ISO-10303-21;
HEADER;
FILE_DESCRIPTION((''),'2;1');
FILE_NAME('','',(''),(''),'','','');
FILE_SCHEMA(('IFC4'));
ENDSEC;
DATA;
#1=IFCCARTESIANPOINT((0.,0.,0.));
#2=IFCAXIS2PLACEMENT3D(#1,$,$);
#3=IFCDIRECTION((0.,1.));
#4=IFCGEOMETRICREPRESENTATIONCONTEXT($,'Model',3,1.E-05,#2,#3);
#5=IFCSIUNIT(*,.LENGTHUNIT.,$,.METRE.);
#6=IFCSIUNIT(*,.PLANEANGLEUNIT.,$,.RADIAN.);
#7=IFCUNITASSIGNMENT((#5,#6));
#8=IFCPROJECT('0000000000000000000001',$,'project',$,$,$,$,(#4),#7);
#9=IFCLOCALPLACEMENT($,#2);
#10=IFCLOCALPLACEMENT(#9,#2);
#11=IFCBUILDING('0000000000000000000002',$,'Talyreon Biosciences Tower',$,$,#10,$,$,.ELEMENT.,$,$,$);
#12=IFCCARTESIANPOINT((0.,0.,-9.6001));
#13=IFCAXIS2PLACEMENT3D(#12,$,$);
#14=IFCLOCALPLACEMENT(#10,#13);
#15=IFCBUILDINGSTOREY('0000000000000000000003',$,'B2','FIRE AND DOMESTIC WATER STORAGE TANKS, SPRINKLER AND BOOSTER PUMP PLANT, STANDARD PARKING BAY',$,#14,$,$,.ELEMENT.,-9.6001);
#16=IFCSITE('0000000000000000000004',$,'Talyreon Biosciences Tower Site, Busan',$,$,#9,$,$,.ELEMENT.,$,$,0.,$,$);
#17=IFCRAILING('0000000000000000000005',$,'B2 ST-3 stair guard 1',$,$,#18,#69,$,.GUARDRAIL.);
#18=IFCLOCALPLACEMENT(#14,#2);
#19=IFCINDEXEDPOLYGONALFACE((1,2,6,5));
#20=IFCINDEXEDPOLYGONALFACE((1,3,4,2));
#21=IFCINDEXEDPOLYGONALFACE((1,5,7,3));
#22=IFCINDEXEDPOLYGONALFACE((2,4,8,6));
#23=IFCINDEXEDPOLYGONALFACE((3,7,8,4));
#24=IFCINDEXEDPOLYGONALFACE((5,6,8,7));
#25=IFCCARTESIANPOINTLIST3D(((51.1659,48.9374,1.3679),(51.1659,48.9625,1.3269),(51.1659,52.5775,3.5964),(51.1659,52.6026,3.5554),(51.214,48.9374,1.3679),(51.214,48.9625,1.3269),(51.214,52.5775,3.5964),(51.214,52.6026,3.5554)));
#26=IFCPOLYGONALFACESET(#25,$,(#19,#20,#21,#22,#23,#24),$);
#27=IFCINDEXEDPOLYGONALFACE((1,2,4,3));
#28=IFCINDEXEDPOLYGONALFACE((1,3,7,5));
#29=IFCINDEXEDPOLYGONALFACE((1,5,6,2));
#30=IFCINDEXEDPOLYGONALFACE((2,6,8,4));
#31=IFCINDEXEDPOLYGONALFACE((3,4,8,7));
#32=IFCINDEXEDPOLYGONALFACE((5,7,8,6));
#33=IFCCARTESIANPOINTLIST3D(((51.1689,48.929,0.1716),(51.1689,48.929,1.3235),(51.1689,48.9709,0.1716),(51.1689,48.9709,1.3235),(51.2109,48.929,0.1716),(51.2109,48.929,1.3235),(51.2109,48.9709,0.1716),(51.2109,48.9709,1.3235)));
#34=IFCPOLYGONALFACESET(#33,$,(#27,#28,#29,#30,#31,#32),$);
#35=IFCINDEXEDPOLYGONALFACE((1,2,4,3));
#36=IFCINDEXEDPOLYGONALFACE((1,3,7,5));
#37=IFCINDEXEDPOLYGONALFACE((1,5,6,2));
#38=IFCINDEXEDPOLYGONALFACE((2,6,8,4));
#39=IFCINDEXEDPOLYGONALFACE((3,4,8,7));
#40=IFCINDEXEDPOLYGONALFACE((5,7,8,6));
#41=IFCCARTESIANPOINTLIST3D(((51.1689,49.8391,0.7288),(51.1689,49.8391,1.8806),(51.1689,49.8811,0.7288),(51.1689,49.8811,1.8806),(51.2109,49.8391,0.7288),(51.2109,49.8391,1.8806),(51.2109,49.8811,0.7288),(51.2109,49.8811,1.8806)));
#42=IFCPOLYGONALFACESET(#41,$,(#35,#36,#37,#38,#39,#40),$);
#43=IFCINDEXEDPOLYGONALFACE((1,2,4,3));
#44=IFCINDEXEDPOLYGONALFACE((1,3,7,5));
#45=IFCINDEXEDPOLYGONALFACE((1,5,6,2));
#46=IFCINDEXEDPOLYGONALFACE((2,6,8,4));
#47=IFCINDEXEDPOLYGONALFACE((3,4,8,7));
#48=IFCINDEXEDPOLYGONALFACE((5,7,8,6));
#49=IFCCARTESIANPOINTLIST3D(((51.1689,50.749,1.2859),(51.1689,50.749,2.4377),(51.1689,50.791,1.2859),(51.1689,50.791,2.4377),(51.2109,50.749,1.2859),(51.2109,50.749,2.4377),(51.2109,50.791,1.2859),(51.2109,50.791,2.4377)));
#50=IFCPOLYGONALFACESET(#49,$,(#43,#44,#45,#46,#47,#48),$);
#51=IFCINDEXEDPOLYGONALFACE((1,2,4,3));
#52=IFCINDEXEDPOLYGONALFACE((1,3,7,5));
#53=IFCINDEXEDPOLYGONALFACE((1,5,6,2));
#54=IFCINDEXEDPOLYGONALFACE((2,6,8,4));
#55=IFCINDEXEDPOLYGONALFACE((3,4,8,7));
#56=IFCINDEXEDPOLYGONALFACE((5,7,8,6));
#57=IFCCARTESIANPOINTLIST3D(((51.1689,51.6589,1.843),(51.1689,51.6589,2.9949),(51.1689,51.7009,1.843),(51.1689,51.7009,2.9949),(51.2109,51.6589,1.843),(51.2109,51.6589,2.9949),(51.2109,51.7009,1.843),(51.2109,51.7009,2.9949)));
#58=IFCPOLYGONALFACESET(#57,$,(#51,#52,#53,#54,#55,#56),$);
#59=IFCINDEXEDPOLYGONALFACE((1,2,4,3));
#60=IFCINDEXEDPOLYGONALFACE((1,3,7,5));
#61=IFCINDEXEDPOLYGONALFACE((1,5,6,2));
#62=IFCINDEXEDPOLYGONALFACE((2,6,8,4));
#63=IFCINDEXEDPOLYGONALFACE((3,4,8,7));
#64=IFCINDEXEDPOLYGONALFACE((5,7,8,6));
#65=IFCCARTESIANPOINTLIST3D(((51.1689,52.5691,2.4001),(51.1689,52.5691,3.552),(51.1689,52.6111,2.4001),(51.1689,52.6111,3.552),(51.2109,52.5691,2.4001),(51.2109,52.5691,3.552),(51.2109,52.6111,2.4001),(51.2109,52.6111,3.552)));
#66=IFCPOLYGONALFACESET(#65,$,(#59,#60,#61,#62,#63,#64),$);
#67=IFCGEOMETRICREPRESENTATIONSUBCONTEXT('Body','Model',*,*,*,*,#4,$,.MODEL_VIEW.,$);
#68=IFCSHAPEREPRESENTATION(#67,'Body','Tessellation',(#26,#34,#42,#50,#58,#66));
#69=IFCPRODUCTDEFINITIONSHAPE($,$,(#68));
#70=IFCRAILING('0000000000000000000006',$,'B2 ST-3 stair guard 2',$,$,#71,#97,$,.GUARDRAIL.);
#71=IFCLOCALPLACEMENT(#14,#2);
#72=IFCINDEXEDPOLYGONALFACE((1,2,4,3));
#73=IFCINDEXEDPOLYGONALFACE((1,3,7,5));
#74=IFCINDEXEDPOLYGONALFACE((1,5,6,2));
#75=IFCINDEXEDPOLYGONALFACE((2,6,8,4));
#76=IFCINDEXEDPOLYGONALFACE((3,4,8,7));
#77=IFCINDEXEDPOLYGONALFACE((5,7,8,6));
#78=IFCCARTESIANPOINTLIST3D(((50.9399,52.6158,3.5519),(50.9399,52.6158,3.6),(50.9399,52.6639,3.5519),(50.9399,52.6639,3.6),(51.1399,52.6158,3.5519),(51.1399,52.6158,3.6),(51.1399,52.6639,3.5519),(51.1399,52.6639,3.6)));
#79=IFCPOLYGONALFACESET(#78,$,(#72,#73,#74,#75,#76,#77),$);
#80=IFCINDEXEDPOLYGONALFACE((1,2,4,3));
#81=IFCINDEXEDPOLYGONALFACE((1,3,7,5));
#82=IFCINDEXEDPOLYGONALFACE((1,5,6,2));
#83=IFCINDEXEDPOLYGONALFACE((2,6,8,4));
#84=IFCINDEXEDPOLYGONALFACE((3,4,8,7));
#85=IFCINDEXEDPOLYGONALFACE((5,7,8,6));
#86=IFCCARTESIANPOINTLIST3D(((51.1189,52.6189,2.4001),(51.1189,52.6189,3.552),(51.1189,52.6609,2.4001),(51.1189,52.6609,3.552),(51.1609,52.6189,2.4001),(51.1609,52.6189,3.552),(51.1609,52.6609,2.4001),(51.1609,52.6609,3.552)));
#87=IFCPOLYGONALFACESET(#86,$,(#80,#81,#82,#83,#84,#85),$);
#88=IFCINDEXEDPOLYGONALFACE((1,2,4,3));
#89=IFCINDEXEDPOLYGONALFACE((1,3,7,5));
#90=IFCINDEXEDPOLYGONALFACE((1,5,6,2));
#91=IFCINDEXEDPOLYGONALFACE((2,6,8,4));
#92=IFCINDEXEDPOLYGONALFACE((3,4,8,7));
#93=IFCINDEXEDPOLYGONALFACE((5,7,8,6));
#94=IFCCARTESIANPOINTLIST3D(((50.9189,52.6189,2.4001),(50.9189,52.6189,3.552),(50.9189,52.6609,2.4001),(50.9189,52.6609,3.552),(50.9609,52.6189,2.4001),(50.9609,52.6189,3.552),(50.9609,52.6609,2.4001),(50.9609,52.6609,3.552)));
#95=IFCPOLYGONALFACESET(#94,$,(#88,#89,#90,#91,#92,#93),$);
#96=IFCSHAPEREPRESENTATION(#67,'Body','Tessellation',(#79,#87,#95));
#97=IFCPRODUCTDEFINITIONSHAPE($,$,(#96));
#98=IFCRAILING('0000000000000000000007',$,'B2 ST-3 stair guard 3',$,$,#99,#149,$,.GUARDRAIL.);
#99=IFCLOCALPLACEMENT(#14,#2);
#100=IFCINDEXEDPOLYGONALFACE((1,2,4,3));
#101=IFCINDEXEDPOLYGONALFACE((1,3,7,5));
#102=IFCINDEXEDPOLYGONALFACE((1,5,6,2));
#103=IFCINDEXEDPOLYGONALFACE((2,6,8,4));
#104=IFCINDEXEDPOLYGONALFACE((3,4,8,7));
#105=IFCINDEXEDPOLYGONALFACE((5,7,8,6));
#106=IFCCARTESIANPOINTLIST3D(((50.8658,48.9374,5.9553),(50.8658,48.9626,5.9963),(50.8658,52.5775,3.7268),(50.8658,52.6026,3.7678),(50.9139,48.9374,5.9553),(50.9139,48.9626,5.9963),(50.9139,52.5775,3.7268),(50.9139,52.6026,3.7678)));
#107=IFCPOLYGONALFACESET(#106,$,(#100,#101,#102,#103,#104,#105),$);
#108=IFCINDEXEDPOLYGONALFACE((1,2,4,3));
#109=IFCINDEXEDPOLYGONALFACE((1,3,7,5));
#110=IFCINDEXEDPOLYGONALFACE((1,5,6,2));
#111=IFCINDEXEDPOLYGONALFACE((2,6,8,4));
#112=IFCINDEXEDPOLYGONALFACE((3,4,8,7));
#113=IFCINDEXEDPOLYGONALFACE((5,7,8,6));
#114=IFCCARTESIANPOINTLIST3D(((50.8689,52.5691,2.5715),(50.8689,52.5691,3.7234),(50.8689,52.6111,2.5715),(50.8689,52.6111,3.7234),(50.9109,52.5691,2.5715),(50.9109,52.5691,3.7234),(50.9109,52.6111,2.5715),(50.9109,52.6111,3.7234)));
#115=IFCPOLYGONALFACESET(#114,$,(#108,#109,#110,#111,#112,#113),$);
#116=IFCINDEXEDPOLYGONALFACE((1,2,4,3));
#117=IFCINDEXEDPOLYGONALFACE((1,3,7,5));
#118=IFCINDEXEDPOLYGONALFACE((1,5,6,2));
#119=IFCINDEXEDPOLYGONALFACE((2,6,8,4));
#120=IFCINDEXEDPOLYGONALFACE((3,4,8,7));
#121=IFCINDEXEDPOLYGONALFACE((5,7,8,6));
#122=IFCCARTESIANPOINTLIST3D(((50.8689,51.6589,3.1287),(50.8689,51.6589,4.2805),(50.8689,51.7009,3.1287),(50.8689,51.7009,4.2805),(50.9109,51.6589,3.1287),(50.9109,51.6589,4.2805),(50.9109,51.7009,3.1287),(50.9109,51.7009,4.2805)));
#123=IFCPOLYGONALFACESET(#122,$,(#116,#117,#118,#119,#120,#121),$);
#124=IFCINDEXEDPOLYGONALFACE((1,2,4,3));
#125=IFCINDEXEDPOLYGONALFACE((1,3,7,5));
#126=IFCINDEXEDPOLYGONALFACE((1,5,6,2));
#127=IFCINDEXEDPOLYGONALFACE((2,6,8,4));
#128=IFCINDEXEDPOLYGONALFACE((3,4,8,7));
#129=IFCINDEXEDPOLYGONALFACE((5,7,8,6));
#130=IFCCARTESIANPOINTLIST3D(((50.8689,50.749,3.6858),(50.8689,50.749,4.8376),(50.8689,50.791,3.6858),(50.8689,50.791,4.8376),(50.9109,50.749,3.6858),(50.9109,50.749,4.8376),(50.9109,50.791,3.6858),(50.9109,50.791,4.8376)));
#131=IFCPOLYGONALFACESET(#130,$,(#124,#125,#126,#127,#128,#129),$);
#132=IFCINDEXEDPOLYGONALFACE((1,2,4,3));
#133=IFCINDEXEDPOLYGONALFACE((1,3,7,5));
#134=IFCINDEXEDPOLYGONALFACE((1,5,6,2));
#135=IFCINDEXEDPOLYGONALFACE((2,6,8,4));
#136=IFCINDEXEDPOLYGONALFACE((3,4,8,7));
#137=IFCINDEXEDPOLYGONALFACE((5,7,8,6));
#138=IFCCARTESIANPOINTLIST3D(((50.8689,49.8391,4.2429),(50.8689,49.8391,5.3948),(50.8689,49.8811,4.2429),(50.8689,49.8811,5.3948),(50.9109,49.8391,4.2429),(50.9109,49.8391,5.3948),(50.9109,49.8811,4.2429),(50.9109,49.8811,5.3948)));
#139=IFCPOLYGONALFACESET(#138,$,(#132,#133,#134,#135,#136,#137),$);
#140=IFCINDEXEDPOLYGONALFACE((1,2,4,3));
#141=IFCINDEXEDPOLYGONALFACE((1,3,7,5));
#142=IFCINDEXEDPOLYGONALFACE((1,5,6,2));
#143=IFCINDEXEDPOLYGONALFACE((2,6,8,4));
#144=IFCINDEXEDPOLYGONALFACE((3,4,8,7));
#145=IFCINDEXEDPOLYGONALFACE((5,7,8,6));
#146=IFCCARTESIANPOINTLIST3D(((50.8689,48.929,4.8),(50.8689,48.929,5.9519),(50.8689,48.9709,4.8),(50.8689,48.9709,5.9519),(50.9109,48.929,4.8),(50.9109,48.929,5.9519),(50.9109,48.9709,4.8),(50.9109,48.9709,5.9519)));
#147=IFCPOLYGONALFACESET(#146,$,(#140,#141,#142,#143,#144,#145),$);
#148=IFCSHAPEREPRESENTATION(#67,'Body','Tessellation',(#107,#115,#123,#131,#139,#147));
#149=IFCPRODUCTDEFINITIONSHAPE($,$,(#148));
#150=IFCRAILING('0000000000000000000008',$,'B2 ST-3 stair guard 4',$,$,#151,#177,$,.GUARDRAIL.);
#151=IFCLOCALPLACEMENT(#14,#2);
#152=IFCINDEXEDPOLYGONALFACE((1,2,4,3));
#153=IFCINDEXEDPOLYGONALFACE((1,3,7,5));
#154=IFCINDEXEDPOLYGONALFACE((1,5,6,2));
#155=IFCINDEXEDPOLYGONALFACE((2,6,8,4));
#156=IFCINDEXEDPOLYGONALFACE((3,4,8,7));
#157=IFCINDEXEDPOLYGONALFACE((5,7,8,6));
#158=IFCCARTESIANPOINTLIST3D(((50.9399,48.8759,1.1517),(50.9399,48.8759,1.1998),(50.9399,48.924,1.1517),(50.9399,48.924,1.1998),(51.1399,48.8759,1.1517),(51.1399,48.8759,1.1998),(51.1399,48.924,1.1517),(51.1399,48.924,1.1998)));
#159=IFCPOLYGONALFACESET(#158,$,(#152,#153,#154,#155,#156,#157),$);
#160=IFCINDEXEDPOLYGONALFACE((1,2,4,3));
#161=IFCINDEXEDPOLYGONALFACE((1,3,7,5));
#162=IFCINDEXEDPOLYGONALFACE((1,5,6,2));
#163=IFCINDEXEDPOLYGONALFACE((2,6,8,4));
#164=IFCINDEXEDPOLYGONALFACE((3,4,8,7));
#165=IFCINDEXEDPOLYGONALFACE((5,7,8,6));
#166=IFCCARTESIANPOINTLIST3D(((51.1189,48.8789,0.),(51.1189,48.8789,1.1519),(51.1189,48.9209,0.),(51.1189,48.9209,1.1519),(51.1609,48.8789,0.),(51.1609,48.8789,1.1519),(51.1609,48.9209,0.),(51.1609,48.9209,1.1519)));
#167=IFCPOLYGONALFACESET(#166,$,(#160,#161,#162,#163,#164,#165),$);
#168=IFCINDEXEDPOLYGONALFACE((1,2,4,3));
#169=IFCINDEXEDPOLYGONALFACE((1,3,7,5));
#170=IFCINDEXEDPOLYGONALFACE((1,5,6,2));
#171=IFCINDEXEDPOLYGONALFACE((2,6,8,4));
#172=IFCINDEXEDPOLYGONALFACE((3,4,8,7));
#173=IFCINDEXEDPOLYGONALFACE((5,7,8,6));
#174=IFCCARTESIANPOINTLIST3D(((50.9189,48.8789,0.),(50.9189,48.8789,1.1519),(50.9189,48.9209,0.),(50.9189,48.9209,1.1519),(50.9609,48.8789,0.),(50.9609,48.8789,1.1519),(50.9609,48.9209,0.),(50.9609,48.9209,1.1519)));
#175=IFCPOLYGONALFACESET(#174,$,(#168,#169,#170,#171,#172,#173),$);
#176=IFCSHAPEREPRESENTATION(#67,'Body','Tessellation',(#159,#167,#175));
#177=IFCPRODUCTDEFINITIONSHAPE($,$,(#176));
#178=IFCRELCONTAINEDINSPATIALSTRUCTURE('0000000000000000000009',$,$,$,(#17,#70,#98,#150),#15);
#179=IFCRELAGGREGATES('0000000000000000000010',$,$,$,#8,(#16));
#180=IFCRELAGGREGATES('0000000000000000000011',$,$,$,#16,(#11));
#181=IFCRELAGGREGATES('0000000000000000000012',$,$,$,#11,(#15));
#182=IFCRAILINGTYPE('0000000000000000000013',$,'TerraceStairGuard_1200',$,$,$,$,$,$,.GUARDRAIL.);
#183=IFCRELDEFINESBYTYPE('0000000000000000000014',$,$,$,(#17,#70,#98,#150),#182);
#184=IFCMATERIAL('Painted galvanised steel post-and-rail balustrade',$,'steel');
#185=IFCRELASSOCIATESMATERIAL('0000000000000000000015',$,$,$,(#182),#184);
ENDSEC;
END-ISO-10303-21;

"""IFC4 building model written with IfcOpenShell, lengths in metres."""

from ifc_helpers import new_model, si_unit, direction, frame, origin, origin_2d, place, context, subcontext, project, spatial, rectangle, extrude, material, type_object, element, save


model = new_model("IFC4")

# Units and contexts
model_context = context("Model", 3, precision=1e-05, world=origin(), true_north=direction((0.0, 1.0)))
body_context = subcontext(model_context, "Body", "Model", "MODEL_VIEW")
ifc_project = project(units=[si_unit("LENGTHUNIT", "METRE"), si_unit("PLANEANGLEUNIT", "RADIAN")], contexts=[model_context])

# Site, building, storey
site_placement = place(None, origin())
site = spatial("IfcSite", under=ifc_project, at=site_placement, Name="Talyreon Biosciences Tower Site, Busan", CompositionType="ELEMENT", RefElevation=0.0)
building_placement = place(site_placement, origin())
building = spatial("IfcBuilding", under=site, at=building_placement, Name="Talyreon Biosciences Tower", CompositionType="ELEMENT")
storey_placement = place(building_placement, frame((0.0, 0.0, -9.6001)))
storey = spatial("IfcBuildingStorey", under=building, at=storey_placement, Name="B2", Description="FIRE AND DOMESTIC WATER STORAGE TANKS, SPRINKLER AND BOOSTER PUMP PLANT, STANDARD PARKING BAY", CompositionType="ELEMENT", Elevation=-9.6001)

# Railings
ifc_material_1 = material(Name="Painted galvanised steel post-and-rail balustrade", Category="steel")
railing_type_1 = type_object("IfcRailingType", Name="TerraceStairGuard_1200", PredefinedType="GUARDRAIL", material=ifc_material_1)
railing_1_placement = place(storey_placement, frame((51.1899, 48.95, 0.1716)))
element("IfcRailing", 1, at=railing_1_placement, inside=storey, type_object=railing_type_1, Name="B2 ST-3 stair guard 1", PredefinedType="GUARDRAIL", context=body_context, shape_type="SweptSolid", body=[
    extrude(rectangle(XDim=0.0481, YDim=0.0481, at=origin_2d()), frame((0.0, 0.0, 1.1758), z_axis=(0.0, 0.852866, 0.52213), x_axis=(-1.0, 0.0, 0.0)), (0.0, 0.0, 1.0), 4.2681),
    extrude(rectangle(XDim=0.042, YDim=0.042, at=origin_2d()), origin(), (0.0, 0.0, 1.0), 1.1519),
    extrude(rectangle(XDim=0.042, YDim=0.042, at=origin_2d()), frame((0.0, 0.9102, 0.5571)), (0.0, 0.0, 1.0), 1.1519),
    extrude(rectangle(XDim=0.042, YDim=0.042, at=origin_2d()), frame((0.0, 1.8201, 1.1143)), (0.0, 0.0, 1.0), 1.1519),
    extrude(rectangle(XDim=0.042, YDim=0.042, at=origin_2d()), frame((0.0, 2.73, 1.6714)), (0.0, 0.0, 1.0), 1.1519),
    extrude(rectangle(XDim=0.042, YDim=0.042, at=origin_2d()), frame((0.0, 3.6401, 2.2285)), (0.0, 0.0, 1.0), 1.1519),
])
railing_2_placement = place(storey_placement, frame((51.1399, 52.6399, 2.4001)))
element("IfcRailing", 2, at=railing_2_placement, inside=storey, type_object=railing_type_1, Name="B2 ST-3 stair guard 2", PredefinedType="GUARDRAIL", context=body_context, shape_type="SweptSolid", body=[
    extrude(rectangle(XDim=0.0481, YDim=0.0481, at=origin_2d()), frame((0.0, 0.0, 1.1758), z_axis=(-1.0, 0.0, 0.0), x_axis=(0.0, -1.0, 0.0)), (0.0, 0.0, 1.0), 0.2),
    extrude(rectangle(XDim=0.042, YDim=0.042, at=origin_2d()), origin(), (0.0, 0.0, 1.0), 1.1519),
    extrude(rectangle(XDim=0.042, YDim=0.042, at=origin_2d()), frame((-0.2, 0.0, 0.0)), (0.0, 0.0, 1.0), 1.1519),
])
railing_3_placement = place(storey_placement, frame((50.8899, 52.5901, 2.5715)))
element("IfcRailing", 3, at=railing_3_placement, inside=storey, type_object=railing_type_1, Name="B2 ST-3 stair guard 3", PredefinedType="GUARDRAIL", context=body_context, shape_type="SweptSolid", body=[
    extrude(rectangle(XDim=0.0481, YDim=0.0481, at=origin_2d()), frame((0.0, 0.0, 1.1758), z_axis=(0.0, -0.852866, 0.52213), x_axis=(1.0, 0.0, 0.0)), (0.0, 0.0, 1.0), 4.2681),
    extrude(rectangle(XDim=0.042, YDim=0.042, at=origin_2d()), origin(), (0.0, 0.0, 1.0), 1.1519),
    extrude(rectangle(XDim=0.042, YDim=0.042, at=origin_2d()), frame((0.0, -0.9102, 0.5571)), (0.0, 0.0, 1.0), 1.1519),
    extrude(rectangle(XDim=0.042, YDim=0.042, at=origin_2d()), frame((0.0, -1.8201, 1.1143)), (0.0, 0.0, 1.0), 1.1519),
    extrude(rectangle(XDim=0.042, YDim=0.042, at=origin_2d()), frame((0.0, -2.73, 1.6714)), (0.0, 0.0, 1.0), 1.1519),
    extrude(rectangle(XDim=0.042, YDim=0.042, at=origin_2d()), frame((0.0, -3.6401, 2.2285)), (0.0, 0.0, 1.0), 1.1519),
])
railing_4_placement = place(storey_placement, frame((51.1399, 48.8999, 0.0)))
element("IfcRailing", 4, at=railing_4_placement, inside=storey, type_object=railing_type_1, Name="B2 ST-3 stair guard 4", PredefinedType="GUARDRAIL", context=body_context, shape_type="SweptSolid", body=[
    extrude(rectangle(XDim=0.0481, YDim=0.0481, at=origin_2d()), frame((0.0, 0.0, 1.1758), z_axis=(-1.0, 0.0, 0.0), x_axis=(0.0, -1.0, 0.0)), (0.0, 0.0, 1.0), 0.2),
    extrude(rectangle(XDim=0.042, YDim=0.042, at=origin_2d()), origin(), (0.0, 0.0, 1.0), 1.1519),
    extrude(rectangle(XDim=0.042, YDim=0.042, at=origin_2d()), frame((-0.2, 0.0, 0.0)), (0.0, 0.0, 1.0), 1.1519),
])

save(model, "model.ifc")
